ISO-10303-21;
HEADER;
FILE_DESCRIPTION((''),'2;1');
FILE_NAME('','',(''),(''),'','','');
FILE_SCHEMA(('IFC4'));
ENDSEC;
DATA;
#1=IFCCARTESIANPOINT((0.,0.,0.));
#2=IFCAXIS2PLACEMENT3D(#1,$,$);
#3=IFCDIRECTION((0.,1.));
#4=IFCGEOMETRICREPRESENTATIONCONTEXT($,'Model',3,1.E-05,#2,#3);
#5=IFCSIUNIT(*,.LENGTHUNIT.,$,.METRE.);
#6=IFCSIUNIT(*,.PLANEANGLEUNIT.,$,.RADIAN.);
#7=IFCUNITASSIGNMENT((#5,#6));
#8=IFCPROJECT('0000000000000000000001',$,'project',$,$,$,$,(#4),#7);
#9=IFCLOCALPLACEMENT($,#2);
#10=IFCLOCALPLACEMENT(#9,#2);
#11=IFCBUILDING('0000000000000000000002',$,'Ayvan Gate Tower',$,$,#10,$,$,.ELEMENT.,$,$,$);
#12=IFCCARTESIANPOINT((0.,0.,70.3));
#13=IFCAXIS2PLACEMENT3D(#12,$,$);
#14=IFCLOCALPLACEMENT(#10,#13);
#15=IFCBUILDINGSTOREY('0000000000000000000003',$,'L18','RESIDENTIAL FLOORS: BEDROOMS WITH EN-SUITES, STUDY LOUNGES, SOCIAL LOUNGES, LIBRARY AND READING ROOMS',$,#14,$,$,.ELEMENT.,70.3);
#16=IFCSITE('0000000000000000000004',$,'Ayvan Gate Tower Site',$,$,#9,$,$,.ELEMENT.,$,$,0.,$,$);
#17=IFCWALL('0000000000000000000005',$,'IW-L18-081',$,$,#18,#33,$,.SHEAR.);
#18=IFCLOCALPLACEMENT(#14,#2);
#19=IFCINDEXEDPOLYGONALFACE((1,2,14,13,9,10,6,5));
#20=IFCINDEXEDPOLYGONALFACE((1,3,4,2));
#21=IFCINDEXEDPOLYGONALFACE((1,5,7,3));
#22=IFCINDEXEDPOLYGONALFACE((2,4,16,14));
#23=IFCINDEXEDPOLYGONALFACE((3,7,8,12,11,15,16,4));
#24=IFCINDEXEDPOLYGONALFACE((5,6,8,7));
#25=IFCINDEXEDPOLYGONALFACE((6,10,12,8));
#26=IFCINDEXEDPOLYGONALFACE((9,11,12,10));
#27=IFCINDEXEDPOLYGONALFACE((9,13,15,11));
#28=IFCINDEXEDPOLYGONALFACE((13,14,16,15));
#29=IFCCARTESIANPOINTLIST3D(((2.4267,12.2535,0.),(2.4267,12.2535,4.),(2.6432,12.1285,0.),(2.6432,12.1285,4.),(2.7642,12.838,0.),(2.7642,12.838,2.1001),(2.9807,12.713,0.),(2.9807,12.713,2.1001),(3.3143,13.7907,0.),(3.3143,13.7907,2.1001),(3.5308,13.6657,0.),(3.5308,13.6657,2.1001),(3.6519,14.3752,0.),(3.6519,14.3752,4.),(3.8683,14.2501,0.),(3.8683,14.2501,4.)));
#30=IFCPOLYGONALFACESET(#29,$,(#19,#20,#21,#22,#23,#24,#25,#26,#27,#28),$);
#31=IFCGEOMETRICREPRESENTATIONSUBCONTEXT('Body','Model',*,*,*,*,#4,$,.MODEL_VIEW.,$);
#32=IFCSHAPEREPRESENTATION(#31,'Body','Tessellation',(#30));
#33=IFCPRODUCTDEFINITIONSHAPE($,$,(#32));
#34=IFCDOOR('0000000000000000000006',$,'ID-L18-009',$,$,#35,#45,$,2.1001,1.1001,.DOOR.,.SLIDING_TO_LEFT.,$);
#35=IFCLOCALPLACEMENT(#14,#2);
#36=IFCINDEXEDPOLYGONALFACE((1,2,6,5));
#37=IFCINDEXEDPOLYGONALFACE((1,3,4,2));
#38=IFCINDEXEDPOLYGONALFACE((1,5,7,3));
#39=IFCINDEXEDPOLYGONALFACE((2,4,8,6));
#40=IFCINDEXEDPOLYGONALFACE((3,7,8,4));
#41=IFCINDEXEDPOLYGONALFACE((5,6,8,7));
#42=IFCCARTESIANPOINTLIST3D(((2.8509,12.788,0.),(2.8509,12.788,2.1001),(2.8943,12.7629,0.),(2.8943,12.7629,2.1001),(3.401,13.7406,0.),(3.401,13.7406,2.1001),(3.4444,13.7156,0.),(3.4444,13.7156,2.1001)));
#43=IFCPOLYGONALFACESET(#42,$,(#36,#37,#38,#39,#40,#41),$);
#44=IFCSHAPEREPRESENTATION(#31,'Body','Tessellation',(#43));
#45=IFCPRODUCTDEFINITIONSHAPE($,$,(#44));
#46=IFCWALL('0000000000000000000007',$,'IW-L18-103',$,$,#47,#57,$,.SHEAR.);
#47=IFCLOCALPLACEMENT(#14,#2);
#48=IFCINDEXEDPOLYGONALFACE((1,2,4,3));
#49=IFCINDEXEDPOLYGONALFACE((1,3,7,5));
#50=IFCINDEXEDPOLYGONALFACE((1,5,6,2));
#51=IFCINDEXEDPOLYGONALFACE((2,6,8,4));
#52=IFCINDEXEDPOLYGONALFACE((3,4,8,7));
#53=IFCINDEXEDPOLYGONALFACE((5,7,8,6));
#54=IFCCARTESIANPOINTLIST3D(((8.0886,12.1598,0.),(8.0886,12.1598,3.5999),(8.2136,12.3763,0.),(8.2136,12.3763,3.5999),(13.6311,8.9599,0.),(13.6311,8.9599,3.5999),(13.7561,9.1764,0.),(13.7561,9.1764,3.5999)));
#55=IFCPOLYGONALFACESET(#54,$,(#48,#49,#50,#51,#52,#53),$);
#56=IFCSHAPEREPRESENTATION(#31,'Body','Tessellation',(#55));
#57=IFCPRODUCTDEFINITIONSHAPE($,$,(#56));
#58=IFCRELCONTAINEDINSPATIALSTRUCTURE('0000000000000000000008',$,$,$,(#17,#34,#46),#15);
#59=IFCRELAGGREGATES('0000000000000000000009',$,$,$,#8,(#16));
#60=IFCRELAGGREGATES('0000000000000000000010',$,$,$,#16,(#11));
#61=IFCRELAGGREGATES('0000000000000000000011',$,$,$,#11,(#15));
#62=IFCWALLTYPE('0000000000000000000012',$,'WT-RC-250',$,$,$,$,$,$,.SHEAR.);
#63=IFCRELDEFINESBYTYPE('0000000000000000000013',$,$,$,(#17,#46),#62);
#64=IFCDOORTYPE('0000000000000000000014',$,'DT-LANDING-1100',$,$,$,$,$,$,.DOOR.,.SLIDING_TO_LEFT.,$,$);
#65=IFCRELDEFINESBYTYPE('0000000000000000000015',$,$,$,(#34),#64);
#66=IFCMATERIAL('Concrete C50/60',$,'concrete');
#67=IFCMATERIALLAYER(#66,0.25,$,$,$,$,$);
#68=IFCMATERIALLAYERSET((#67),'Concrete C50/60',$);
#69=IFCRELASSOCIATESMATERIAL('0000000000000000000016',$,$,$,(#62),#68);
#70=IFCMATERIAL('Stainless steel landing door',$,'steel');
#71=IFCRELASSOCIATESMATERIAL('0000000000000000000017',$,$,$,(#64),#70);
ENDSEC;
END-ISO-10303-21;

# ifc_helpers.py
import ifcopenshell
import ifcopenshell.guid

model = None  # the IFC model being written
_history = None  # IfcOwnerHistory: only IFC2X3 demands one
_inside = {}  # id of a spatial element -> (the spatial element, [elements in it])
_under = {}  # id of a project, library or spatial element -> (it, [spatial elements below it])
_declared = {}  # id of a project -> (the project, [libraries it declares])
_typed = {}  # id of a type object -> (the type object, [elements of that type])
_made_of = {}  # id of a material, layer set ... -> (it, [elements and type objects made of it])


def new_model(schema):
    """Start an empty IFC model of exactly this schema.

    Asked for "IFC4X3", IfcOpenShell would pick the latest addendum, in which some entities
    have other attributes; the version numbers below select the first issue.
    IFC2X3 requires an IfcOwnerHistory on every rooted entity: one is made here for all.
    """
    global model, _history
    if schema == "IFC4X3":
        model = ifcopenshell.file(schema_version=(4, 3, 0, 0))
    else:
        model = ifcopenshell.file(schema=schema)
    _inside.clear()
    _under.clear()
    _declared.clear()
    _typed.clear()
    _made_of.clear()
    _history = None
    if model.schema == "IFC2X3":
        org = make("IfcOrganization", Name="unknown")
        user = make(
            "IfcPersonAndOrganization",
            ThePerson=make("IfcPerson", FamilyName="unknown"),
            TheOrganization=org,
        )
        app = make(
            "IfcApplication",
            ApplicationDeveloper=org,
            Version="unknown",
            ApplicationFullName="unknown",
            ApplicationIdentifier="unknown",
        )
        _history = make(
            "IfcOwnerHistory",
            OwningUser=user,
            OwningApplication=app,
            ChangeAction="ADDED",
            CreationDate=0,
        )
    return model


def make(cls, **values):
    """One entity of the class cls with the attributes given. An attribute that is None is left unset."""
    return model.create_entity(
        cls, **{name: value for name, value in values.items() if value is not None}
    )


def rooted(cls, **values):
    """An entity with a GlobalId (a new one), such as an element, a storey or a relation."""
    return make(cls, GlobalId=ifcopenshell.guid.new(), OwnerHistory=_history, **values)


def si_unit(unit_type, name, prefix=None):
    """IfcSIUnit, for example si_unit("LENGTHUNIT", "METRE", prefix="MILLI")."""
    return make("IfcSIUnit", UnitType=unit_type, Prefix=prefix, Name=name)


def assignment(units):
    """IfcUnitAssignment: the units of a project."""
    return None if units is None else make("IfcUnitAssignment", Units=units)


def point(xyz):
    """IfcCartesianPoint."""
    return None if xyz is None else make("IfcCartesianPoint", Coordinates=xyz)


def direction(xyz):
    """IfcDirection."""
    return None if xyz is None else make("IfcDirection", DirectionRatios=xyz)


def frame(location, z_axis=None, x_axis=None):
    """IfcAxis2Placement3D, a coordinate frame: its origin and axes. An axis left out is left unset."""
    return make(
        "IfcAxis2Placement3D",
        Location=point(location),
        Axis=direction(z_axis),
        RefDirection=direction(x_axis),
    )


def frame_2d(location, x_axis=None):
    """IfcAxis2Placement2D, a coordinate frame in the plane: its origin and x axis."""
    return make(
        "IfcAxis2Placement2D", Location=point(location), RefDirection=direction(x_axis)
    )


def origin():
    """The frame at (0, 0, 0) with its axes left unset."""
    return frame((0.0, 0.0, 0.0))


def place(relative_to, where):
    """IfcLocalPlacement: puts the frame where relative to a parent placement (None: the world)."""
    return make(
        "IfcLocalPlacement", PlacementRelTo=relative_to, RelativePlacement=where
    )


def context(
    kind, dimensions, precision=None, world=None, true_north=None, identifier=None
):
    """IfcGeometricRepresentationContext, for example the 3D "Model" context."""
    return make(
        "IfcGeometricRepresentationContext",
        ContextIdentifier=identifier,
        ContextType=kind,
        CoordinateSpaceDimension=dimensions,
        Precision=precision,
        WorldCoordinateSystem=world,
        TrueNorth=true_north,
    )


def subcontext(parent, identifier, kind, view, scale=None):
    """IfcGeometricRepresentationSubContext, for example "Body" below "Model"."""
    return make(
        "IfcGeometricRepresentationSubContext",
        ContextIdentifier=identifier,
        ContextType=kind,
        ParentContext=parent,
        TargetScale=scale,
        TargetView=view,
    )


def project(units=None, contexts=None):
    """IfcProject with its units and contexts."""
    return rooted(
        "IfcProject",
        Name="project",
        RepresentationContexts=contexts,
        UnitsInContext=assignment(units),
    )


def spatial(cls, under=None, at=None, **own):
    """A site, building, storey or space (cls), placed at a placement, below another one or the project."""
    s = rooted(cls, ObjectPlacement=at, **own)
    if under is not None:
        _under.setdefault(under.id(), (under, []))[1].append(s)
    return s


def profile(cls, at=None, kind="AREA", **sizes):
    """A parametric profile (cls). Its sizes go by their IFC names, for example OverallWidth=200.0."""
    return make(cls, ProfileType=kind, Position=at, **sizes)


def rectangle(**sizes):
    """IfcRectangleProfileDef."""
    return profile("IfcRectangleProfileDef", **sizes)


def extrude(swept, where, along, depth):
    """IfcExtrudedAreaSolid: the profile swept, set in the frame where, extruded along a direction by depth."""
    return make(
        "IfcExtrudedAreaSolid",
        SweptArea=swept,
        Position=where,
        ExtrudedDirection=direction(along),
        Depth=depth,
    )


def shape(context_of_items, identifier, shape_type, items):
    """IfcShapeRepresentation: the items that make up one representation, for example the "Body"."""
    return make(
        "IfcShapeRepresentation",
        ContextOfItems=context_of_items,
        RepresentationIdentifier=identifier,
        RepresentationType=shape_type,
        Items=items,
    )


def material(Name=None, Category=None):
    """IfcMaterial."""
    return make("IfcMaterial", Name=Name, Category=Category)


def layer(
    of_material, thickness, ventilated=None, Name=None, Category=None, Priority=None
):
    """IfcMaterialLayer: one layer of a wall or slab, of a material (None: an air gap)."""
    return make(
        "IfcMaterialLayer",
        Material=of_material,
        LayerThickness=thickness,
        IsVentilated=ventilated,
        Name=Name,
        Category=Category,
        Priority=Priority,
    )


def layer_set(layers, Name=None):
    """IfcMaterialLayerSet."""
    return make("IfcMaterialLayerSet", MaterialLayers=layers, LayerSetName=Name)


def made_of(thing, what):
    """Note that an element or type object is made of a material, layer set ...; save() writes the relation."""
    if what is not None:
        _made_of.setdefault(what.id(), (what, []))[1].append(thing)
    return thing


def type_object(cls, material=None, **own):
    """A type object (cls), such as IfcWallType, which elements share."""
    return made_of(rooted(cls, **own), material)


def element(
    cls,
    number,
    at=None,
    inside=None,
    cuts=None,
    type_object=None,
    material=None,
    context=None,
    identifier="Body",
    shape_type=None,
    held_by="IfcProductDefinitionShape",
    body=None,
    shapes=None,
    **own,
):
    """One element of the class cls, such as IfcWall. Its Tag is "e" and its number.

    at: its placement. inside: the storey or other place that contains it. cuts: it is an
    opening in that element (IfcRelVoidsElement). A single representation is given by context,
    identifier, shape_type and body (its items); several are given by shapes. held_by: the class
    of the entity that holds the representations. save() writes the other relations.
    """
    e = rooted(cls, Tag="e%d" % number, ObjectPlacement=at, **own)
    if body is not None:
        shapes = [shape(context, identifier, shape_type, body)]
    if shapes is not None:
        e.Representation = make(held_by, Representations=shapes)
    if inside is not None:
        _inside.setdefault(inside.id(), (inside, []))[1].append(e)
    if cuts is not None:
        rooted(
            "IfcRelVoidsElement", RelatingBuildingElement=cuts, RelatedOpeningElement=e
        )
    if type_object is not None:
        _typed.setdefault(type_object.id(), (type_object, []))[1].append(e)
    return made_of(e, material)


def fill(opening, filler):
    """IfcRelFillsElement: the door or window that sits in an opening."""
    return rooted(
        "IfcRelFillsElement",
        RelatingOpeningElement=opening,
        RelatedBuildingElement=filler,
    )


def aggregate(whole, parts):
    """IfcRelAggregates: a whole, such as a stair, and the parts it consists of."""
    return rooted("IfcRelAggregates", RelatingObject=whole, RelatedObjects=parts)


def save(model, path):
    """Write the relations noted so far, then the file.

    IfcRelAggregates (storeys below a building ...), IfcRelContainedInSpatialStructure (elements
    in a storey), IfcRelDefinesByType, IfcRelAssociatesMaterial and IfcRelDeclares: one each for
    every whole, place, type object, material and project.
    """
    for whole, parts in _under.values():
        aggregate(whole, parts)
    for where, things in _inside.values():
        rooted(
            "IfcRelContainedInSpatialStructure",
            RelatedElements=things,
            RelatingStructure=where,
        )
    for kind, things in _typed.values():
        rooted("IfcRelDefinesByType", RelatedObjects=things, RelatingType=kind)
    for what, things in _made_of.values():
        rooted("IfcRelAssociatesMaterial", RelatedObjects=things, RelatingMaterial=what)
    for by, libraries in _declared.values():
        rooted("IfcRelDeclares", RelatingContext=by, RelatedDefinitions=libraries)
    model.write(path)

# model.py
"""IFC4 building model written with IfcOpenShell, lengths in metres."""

from ifc_helpers import new_model, si_unit, direction, frame, frame_2d, origin, place, context, subcontext, project, spatial, rectangle, extrude, material, layer, layer_set, type_object, element, fill, save


model = new_model("IFC4")

# Units and contexts
model_context = context("Model", 3, precision=1e-05, world=origin(), true_north=direction((0.0, 1.0)))
body_context = subcontext(model_context, "Body", "Model", "MODEL_VIEW")
ifc_project = project(units=[si_unit("LENGTHUNIT", "METRE"), si_unit("PLANEANGLEUNIT", "RADIAN")], contexts=[model_context])

# Site, building, storey
site_placement = place(None, origin())
site = spatial("IfcSite", under=ifc_project, at=site_placement, Name="Ayvan Gate Tower Site", CompositionType="ELEMENT", RefElevation=0.0)
building_placement = place(site_placement, origin())
building = spatial("IfcBuilding", under=site, at=building_placement, Name="Ayvan Gate Tower", CompositionType="ELEMENT")
storey_placement = place(building_placement, frame((0.0, 0.0, 70.3)))
storey = spatial("IfcBuildingStorey", under=building, at=storey_placement, Name="L18", Description="RESIDENTIAL FLOORS: BEDROOMS WITH EN-SUITES, STUDY LOUNGES, SOCIAL LOUNGES, LIBRARY AND READING ROOMS", CompositionType="ELEMENT", Elevation=70.3)

# Shared definitions
ifc_material_1 = material(Name="Concrete C50/60", Category="concrete")
ifc_layer_1 = layer(ifc_material_1, 0.25)
ifc_layer_set_1 = layer_set([ifc_layer_1], Name="Concrete C50/60")
wall_type_1 = type_object("IfcWallType", Name="WT-RC-250", PredefinedType="SHEAR", material=ifc_layer_set_1)

# Wall, opening, door
wall_1_placement = place(storey_placement, frame((2.5349, 12.1909, 0.0), z_axis=(0.0, 0.0, 1.0), x_axis=(0.500062, 0.86599, 0.0)))
wall_1 = element("IfcWall", 1, at=wall_1_placement, inside=storey, type_object=wall_type_1, Name="IW-L18-081", PredefinedType="SHEAR", context=body_context, shape_type="SweptSolid", body=[
    extrude(rectangle(XDim=2.45, YDim=0.25, at=frame_2d((1.2251, 0.0))), origin(), (0.0, 0.0, 1.0), 4.0),
])
opening_1_placement = place(wall_1_placement, frame((0.675, 0.0, 0.0)))
opening_1 = element("IfcOpeningElement", 2, at=opening_1_placement, cuts=wall_1, PredefinedType="OPENING", context=body_context, shape_type="SweptSolid", body=[
    extrude(rectangle(XDim=1.1001, YDim=2.1001, at=frame_2d((0.55, 1.05))), frame((0.0, 0.135, 0.0), z_axis=(0.0, -1.0, 0.0), x_axis=(1.0, 0.0, 0.0)), (0.0, 0.0, 1.0), 0.27),
])
ifc_material_2 = material(Name="Stainless steel landing door", Category="steel")
door_type_1 = type_object("IfcDoorType", Name="DT-LANDING-1100", OperationType="SLIDING_TO_LEFT", PredefinedType="DOOR", material=ifc_material_2)
door_1_placement = place(opening_1_placement, origin())
door_1 = element("IfcDoor", 3, at=door_1_placement, inside=storey, type_object=door_type_1, Name="ID-L18-009", OperationType="SLIDING_TO_LEFT", OverallHeight=2.1001, OverallWidth=1.1001, PredefinedType="DOOR", context=body_context, shape_type="SweptSolid", body=[
    extrude(rectangle(XDim=1.1001, YDim=2.1001, at=frame_2d((0.55, 1.05))), frame((0.0, 0.0249, 0.0), z_axis=(0.0, -1.0, 0.0), x_axis=(1.0, 0.0, 0.0)), (0.0, 0.0, 1.0), 0.05),
])
fill(opening_1, door_1)

# Wall
wall_2_placement = place(storey_placement, frame((8.1511, 12.2681, 0.0), z_axis=(0.0, 0.0, 1.0), x_axis=(0.866025, -0.5, 0.0)))
element("IfcWall", 4, at=wall_2_placement, inside=storey, type_object=wall_type_1, Name="IW-L18-103", PredefinedType="SHEAR", context=body_context, shape_type="SweptSolid", body=[
    extrude(rectangle(XDim=6.3999, YDim=0.25, at=frame_2d((3.2, 0.0))), origin(), (0.0, 0.0, 1.0), 3.5999),
])

save(model, "model.ifc")
